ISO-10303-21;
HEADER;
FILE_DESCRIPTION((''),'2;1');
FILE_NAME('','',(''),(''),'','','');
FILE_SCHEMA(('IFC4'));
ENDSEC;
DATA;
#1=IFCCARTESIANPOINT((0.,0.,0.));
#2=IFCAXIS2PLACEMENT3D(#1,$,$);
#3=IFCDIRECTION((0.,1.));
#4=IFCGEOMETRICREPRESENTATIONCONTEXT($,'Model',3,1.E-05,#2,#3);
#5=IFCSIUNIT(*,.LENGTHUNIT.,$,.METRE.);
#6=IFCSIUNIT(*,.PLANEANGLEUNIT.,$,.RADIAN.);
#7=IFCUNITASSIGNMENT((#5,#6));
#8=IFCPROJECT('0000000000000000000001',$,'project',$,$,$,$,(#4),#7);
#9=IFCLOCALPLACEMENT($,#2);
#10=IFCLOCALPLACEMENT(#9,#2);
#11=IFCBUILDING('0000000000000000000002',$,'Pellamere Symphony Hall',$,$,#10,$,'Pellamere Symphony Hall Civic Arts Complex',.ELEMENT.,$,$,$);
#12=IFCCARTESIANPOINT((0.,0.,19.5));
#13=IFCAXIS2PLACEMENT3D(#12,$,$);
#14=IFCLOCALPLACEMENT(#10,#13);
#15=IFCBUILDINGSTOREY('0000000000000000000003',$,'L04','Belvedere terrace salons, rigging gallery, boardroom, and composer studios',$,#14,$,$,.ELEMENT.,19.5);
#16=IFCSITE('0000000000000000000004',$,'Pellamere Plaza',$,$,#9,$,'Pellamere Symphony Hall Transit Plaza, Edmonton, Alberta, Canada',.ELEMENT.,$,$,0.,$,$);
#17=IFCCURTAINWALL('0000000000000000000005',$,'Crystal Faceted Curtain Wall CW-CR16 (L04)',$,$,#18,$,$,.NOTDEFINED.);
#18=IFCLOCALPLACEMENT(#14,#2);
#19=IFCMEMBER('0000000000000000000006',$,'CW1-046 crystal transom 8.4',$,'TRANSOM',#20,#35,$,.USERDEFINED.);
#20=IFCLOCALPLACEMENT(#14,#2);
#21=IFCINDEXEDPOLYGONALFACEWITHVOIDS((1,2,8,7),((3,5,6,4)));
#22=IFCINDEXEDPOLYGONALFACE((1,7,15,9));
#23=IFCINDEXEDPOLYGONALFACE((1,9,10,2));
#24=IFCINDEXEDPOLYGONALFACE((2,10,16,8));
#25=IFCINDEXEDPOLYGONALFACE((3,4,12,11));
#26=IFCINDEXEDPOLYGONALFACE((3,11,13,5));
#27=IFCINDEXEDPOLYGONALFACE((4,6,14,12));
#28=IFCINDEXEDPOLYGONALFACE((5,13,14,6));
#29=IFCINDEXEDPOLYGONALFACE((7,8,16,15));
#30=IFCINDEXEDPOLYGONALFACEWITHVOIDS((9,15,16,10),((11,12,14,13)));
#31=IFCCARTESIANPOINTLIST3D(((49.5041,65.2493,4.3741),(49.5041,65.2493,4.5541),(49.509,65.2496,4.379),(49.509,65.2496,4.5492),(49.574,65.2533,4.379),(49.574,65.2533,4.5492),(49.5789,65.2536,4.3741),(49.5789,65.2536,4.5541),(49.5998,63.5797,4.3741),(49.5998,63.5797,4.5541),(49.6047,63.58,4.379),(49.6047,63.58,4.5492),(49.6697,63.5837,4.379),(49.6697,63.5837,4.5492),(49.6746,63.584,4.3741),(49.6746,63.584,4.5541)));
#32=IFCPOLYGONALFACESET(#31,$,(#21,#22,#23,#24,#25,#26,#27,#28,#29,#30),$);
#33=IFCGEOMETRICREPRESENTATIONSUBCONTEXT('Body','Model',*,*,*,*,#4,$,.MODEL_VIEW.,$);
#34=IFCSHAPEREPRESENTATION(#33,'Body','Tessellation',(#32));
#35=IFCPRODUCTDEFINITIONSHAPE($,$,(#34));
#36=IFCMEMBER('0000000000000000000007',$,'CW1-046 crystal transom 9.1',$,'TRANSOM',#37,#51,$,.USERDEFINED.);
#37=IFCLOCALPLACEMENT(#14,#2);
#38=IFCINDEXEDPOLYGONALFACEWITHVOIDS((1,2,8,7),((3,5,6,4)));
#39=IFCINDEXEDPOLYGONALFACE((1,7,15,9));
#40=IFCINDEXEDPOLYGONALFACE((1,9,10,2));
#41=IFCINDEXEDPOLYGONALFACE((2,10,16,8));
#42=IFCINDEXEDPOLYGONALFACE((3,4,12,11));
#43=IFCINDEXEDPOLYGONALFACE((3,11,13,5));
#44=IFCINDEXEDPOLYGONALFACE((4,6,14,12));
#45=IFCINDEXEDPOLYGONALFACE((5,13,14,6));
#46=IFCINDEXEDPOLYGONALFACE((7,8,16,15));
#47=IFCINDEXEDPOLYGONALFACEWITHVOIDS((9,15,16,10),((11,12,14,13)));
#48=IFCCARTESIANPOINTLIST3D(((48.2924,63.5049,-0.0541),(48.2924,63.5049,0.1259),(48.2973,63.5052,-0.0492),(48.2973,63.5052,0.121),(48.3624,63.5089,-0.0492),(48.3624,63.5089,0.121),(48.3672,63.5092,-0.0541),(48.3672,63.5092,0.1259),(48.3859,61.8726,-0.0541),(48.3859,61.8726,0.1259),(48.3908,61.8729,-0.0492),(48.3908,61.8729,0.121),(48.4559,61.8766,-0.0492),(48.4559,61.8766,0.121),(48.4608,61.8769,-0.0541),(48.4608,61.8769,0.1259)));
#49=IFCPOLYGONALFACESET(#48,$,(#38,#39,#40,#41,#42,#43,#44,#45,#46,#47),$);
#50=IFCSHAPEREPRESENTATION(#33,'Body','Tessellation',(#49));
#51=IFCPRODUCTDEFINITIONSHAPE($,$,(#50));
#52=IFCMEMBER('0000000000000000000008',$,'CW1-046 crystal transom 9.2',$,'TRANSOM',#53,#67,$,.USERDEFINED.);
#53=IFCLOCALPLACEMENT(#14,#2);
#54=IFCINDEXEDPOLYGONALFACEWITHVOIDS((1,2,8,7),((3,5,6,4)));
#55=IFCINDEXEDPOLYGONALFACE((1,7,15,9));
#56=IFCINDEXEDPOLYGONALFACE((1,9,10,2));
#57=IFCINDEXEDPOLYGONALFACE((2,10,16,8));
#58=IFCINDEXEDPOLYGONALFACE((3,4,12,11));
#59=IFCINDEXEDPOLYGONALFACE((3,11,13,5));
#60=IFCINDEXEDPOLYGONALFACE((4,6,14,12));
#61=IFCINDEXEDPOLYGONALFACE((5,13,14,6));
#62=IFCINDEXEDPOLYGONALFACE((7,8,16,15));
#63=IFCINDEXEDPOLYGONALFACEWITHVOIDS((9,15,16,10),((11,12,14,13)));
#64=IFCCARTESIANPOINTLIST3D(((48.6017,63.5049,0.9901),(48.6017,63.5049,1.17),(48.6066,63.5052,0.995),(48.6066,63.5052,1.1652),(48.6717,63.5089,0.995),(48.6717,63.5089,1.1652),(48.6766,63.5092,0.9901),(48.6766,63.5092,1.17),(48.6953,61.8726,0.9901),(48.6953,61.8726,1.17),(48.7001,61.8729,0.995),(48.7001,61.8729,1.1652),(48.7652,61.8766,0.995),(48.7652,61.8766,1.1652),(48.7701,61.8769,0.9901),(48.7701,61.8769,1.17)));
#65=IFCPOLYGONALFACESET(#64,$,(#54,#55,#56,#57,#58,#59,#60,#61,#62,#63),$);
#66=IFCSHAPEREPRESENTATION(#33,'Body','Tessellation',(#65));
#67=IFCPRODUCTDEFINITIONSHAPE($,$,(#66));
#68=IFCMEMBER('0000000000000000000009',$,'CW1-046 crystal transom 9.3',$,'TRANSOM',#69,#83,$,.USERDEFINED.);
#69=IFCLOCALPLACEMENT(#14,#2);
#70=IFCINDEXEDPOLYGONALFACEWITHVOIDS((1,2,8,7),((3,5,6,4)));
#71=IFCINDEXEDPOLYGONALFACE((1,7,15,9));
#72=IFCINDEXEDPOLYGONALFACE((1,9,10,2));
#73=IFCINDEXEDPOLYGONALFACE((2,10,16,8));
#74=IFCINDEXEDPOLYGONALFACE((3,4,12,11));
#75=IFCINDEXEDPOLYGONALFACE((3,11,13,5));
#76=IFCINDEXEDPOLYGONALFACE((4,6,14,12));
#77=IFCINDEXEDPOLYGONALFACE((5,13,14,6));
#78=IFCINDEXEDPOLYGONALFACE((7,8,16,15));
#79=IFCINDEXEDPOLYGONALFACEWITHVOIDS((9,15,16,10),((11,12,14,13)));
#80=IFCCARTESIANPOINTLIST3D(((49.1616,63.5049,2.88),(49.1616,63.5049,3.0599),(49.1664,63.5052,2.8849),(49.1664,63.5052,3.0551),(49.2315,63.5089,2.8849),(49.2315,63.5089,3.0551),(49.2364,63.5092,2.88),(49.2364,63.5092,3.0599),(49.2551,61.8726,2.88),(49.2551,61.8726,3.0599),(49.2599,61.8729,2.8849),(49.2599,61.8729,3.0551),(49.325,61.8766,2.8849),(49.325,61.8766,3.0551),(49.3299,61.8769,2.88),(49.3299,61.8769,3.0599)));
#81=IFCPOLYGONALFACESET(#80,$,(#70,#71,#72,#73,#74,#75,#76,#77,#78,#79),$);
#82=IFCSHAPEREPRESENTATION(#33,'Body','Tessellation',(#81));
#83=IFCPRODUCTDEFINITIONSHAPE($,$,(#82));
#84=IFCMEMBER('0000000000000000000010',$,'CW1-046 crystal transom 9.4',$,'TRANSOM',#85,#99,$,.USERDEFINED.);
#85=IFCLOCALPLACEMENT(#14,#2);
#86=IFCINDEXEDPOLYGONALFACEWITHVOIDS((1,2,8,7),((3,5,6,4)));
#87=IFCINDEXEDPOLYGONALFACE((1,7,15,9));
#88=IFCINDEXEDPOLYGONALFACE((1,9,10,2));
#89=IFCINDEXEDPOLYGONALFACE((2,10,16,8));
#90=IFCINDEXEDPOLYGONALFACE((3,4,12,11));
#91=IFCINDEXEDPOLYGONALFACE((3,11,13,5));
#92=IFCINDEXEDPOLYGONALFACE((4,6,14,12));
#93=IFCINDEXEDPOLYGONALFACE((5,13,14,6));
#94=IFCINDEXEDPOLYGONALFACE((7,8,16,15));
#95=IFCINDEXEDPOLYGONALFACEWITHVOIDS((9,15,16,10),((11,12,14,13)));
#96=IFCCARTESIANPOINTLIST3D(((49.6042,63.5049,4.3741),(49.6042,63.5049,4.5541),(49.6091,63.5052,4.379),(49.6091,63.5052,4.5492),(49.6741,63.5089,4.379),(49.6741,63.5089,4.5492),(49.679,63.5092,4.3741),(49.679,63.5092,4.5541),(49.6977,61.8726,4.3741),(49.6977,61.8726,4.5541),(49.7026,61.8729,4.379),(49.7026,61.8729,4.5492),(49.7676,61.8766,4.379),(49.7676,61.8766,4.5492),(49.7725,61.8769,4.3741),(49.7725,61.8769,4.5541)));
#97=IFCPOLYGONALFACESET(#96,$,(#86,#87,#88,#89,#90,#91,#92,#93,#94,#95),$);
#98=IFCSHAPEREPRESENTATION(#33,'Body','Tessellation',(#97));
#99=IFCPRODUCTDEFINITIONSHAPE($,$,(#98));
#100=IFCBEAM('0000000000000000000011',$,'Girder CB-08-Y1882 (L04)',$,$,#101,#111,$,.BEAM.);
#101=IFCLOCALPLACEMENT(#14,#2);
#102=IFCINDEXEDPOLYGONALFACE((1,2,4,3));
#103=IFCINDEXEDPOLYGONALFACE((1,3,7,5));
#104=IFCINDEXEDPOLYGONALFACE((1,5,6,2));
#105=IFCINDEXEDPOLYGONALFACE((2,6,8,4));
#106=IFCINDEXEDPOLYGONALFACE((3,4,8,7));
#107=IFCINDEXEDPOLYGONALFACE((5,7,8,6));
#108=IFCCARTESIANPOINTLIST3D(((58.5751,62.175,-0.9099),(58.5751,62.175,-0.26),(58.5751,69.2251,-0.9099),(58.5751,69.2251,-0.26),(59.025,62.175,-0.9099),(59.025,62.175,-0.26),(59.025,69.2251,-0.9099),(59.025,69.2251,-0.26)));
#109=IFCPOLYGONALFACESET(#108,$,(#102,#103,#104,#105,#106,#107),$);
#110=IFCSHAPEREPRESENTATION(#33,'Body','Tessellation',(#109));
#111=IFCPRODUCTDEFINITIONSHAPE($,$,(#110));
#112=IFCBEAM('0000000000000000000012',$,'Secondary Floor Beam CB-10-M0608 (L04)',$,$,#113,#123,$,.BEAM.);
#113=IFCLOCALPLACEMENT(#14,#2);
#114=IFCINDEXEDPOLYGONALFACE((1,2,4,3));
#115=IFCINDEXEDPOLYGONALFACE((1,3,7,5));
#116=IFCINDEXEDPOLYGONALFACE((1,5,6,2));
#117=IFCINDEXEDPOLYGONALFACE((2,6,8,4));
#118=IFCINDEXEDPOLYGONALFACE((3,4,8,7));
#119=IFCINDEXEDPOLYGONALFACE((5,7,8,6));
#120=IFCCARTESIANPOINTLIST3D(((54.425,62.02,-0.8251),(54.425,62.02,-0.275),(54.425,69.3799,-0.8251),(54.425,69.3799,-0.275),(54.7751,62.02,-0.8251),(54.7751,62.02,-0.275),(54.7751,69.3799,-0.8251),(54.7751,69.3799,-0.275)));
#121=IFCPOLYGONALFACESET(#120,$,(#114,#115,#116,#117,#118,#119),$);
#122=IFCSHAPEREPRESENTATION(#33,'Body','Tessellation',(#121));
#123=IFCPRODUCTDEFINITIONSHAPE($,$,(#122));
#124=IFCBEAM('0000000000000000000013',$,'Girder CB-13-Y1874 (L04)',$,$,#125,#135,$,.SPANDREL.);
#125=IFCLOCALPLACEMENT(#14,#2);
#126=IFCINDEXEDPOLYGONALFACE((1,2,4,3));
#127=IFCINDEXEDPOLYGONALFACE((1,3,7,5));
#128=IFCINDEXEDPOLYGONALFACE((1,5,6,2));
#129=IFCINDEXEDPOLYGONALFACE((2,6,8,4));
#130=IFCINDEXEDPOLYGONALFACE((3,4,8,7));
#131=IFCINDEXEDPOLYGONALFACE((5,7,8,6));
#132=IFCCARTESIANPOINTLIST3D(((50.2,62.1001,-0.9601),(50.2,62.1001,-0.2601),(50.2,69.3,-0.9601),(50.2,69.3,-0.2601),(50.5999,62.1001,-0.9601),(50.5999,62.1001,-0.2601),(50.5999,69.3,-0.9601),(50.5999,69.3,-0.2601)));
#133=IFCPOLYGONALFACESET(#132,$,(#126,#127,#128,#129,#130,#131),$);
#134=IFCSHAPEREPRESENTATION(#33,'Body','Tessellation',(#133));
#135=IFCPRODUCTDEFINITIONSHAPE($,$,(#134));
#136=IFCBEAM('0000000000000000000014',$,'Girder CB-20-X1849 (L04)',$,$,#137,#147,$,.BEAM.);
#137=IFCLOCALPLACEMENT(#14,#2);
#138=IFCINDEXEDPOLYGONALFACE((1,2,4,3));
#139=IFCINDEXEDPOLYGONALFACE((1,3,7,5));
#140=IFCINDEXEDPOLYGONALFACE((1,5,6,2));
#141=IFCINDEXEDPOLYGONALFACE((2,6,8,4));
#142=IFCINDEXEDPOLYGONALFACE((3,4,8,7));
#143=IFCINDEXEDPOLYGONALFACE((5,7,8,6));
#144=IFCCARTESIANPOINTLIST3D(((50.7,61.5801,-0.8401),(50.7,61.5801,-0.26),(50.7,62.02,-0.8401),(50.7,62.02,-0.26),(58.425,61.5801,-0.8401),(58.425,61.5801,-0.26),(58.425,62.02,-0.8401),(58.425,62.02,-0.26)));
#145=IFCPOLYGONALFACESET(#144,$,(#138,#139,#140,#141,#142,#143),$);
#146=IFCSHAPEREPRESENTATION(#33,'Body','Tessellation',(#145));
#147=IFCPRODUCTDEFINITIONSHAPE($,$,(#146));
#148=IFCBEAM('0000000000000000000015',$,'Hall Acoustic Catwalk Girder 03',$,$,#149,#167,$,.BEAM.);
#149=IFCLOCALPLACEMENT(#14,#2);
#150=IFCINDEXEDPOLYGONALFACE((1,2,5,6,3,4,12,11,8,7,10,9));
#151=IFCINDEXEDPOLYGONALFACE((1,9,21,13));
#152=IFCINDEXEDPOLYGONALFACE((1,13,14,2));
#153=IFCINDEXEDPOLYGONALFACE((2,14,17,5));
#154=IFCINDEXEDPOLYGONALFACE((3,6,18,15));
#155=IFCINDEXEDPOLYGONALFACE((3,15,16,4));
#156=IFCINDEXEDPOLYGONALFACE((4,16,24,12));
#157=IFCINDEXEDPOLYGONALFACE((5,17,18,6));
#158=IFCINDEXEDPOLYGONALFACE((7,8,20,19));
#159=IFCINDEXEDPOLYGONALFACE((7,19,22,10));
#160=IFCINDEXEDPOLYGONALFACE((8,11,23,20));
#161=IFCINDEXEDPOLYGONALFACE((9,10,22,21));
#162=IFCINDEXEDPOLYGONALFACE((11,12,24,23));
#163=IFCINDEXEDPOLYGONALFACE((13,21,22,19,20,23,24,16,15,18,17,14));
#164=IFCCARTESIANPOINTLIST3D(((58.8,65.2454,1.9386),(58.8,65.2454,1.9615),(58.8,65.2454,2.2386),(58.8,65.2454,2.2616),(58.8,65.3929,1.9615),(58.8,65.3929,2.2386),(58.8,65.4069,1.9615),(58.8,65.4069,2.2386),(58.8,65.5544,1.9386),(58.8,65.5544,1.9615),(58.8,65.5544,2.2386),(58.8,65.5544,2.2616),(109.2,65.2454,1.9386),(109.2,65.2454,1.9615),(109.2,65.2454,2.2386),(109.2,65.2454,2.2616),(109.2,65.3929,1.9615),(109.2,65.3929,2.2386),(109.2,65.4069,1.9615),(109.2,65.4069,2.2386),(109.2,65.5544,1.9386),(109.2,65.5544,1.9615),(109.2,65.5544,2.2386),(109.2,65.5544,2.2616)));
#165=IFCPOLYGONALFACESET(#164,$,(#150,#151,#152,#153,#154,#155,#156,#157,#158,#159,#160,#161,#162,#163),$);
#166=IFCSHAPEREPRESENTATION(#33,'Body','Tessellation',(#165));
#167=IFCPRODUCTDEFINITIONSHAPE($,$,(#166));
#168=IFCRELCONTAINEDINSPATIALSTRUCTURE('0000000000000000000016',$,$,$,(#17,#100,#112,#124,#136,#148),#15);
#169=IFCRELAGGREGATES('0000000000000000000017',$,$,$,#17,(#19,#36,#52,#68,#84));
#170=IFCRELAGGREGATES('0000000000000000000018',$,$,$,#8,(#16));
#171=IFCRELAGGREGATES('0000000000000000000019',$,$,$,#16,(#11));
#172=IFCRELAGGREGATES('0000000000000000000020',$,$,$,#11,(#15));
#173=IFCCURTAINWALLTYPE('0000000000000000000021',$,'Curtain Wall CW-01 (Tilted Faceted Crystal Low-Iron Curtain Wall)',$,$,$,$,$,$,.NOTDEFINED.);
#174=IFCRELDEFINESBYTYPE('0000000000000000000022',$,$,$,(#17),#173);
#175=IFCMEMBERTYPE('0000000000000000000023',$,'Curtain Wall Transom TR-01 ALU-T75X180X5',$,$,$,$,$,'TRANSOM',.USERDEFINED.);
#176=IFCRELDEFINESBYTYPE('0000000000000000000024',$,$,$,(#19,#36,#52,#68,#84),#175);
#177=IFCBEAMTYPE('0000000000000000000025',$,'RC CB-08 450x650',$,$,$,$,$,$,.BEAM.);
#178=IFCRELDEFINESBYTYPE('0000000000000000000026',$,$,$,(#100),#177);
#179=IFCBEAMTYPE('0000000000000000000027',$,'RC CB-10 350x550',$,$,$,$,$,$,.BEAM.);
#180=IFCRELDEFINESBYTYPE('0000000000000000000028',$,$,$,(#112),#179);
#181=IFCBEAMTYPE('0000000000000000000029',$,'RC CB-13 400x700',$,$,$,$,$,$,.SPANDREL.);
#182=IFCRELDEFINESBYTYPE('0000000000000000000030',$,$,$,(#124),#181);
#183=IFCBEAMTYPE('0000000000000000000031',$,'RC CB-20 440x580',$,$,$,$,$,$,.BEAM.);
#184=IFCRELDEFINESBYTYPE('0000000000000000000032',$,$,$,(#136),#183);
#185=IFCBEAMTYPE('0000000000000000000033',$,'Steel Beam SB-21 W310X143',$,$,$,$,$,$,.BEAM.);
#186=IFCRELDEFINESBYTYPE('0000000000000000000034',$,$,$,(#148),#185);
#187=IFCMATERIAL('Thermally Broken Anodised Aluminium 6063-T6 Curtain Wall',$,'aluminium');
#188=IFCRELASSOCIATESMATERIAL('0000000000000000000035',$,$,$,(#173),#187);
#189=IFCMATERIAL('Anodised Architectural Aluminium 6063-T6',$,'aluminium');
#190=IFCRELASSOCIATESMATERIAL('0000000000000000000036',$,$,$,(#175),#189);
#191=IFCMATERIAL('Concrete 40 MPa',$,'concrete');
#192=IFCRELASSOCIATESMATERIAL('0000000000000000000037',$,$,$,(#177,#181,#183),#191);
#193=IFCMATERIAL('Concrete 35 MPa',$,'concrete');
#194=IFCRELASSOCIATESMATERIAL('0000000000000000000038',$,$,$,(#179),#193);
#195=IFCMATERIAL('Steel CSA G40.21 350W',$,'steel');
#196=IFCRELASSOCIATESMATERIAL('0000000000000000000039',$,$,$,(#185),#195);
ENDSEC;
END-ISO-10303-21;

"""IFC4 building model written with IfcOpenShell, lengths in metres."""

from ifc_helpers import new_model, si_unit, direction, frame, origin, origin_2d, place, context, subcontext, project, spatial, rectangle, hollow_rectangle, i_section, extrude, material, material_profile, profile_set, type_object, element, aggregate, save


model = new_model("IFC4")

# Units and contexts
model_context = context("Model", 3, precision=1e-05, world=origin(), true_north=direction((0.0, 1.0)))
body_context = subcontext(model_context, "Body", "Model", "MODEL_VIEW")
ifc_project = project(units=[si_unit("LENGTHUNIT", "METRE"), si_unit("PLANEANGLEUNIT", "RADIAN")], contexts=[model_context])

# Site, building, storey
site_placement = place(None, origin())
site = spatial("IfcSite", under=ifc_project, at=site_placement, Name="Pellamere Plaza", LongName="Pellamere Symphony Hall Transit Plaza, Edmonton, Alberta, Canada", CompositionType="ELEMENT", RefElevation=0.0)
building_placement = place(site_placement, origin())
building = spatial("IfcBuilding", under=site, at=building_placement, Name="Pellamere Symphony Hall", LongName="Pellamere Symphony Hall Civic Arts Complex", CompositionType="ELEMENT")
storey_placement = place(building_placement, frame((0.0, 0.0, 19.5)))
storey = spatial("IfcBuildingStorey", under=building, at=storey_placement, Name="L04", Description="Belvedere terrace salons, rigging gallery, boardroom, and composer studios", CompositionType="ELEMENT", Elevation=19.5)

# Shared definitions
ifc_material_1 = material(Name="Concrete 40 MPa", Category="concrete")
ifc_material_2 = material(Name="Concrete 35 MPa", Category="concrete")

# Curtain wall, members
ifc_material_3 = material(Name="Thermally Broken Anodised Aluminium 6063-T6 Curtain Wall", Category="aluminium")
curtain_wall_type = type_object("IfcCurtainWallType", Name="Curtain Wall CW-01 (Tilted Faceted Crystal Low-Iron Curtain Wall)", PredefinedType="NOTDEFINED", material=ifc_material_3)
curtain_wall_placement = place(storey_placement, origin())
curtain_wall = element("IfcCurtainWall", 1, at=curtain_wall_placement, inside=storey, type_object=curtain_wall_type, Name="Crystal Faceted Curtain Wall CW-CR16 (L04)", PredefinedType="NOTDEFINED")
ifc_material_4 = material(Name="Anodised Architectural Aluminium 6063-T6", Category="aluminium")
ifc_material_profile_1 = material_profile(ifc_material_4, hollow_rectangle(XDim=0.075, YDim=0.1799, WallThickness=0.0049, at=origin_2d()), Name="ALU-T75X180X5")
ifc_profile_set_1 = profile_set([ifc_material_profile_1], Name="Anodised Architectural Aluminium 6063-T6")
member_type_1 = type_object("IfcMemberType", Name="Curtain Wall Transom TR-01 ALU-T75X180X5", ElementType="TRANSOM", PredefinedType="USERDEFINED", material=ifc_profile_set_1)
member_1_placement = place(storey_placement, frame((49.5415, 65.2515, 4.4641), z_axis=(0.057224, -0.998361, 0.0), x_axis=(0.998361, 0.057224, 0.0)))
member_1 = element("IfcMember", 2, at=member_1_placement, type_object=member_type_1, Name="CW1-046 crystal transom 8.4", ObjectType="TRANSOM", PredefinedType="USERDEFINED", context=body_context, shape_type="SweptSolid", body=[
    extrude(hollow_rectangle(XDim=0.075, YDim=0.1799, WallThickness=0.0049, at=origin_2d()), origin(), (0.0, 0.0, 1.0), 1.6724),
])
member_2_placement = place(storey_placement, frame((48.3298, 63.5071, 0.0359), z_axis=(0.05719, -0.998363, 0.0), x_axis=(0.998363, 0.05719, 0.0)))
member_2 = element("IfcMember", 3, at=member_2_placement, type_object=member_type_1, Name="CW1-046 crystal transom 9.1", ObjectType="TRANSOM", PredefinedType="USERDEFINED", context=body_context, shape_type="SweptSolid", body=[
    extrude(hollow_rectangle(XDim=0.075, YDim=0.1799, WallThickness=0.0049, at=origin_2d()), origin(), (0.0, 0.0, 1.0), 1.635),
])
member_3_placement = place(storey_placement, frame((48.6392, 63.5071, 1.0801), z_axis=(0.05719, -0.998363, 0.0), x_axis=(0.998363, 0.05719, 0.0)))
member_3 = element("IfcMember", 4, at=member_3_placement, type_object=member_type_1, Name="CW1-046 crystal transom 9.2", ObjectType="TRANSOM", PredefinedType="USERDEFINED", context=body_context, shape_type="SweptSolid", body=[
    extrude(hollow_rectangle(XDim=0.075, YDim=0.1799, WallThickness=0.0049, at=origin_2d()), origin(), (0.0, 0.0, 1.0), 1.635),
])
member_4_placement = place(storey_placement, frame((49.199, 63.5071, 2.97), z_axis=(0.05719, -0.998363, 0.0), x_axis=(0.998363, 0.05719, 0.0)))
member_4 = element("IfcMember", 5, at=member_4_placement, type_object=member_type_1, Name="CW1-046 crystal transom 9.3", ObjectType="TRANSOM", PredefinedType="USERDEFINED", context=body_context, shape_type="SweptSolid", body=[
    extrude(hollow_rectangle(XDim=0.075, YDim=0.1799, WallThickness=0.0049, at=origin_2d()), origin(), (0.0, 0.0, 1.0), 1.635),
])
member_5_placement = place(storey_placement, frame((49.6416, 63.5071, 4.4641), z_axis=(0.05719, -0.998363, 0.0), x_axis=(0.998363, 0.05719, 0.0)))
member_5 = element("IfcMember", 6, at=member_5_placement, type_object=member_type_1, Name="CW1-046 crystal transom 9.4", ObjectType="TRANSOM", PredefinedType="USERDEFINED", context=body_context, shape_type="SweptSolid", body=[
    extrude(hollow_rectangle(XDim=0.075, YDim=0.1799, WallThickness=0.0049, at=origin_2d()), origin(), (0.0, 0.0, 1.0), 1.635),
])

# Beams
ifc_material_profile_2 = material_profile(ifc_material_1, rectangle(XDim=0.45, YDim=0.6499, at=origin_2d()), Name="RC 450x650")
ifc_profile_set_2 = profile_set([ifc_material_profile_2], Name="Concrete 40 MPa")
beam_type_1 = type_object("IfcBeamType", Name="RC CB-08 450x650", PredefinedType="BEAM", material=ifc_profile_set_2)
beam_1_placement = place(storey_placement, frame((58.8, 62.175, -0.585), z_axis=(0.0, 1.0, 0.0), x_axis=(-1.0, 0.0, 0.0)))
element("IfcBeam", 7, at=beam_1_placement, inside=storey, type_object=beam_type_1, Name="Girder CB-08-Y1882 (L04)", PredefinedType="BEAM", context=body_context, shape_type="SweptSolid", body=[
    extrude(rectangle(XDim=0.45, YDim=0.6499, at=origin_2d()), origin(), (0.0, 0.0, 1.0), 7.05),
])
ifc_material_profile_3 = material_profile(ifc_material_2, rectangle(XDim=0.3501, YDim=0.55, at=origin_2d()), Name="RC 350x550")
ifc_profile_set_3 = profile_set([ifc_material_profile_3], Name="Concrete 35 MPa")
beam_type_2 = type_object("IfcBeamType", Name="RC CB-10 350x550", PredefinedType="BEAM", material=ifc_profile_set_3)
beam_2_placement = place(storey_placement, frame((54.6001, 62.02, -0.55), z_axis=(0.0, 1.0, 0.0), x_axis=(-1.0, 0.0, 0.0)))
element("IfcBeam", 8, at=beam_2_placement, inside=storey, type_object=beam_type_2, Name="Secondary Floor Beam CB-10-M0608 (L04)", PredefinedType="BEAM", context=body_context, shape_type="SweptSolid", body=[
    extrude(rectangle(XDim=0.3501, YDim=0.55, at=origin_2d()), origin(), (0.0, 0.0, 1.0), 7.3599),
])
ifc_material_profile_4 = material_profile(ifc_material_1, rectangle(XDim=0.3999, YDim=0.7, at=origin_2d()), Name="RC 400x700")
ifc_profile_set_4 = profile_set([ifc_material_profile_4], Name="Concrete 40 MPa")
beam_type_3 = type_object("IfcBeamType", Name="RC CB-13 400x700", PredefinedType="SPANDREL", material=ifc_profile_set_4)
beam_3_placement = place(storey_placement, frame((50.3999, 62.1001, -0.6101), z_axis=(0.0, 1.0, 0.0), x_axis=(-1.0, 0.0, 0.0)))
element("IfcBeam", 9, at=beam_3_placement, inside=storey, type_object=beam_type_3, Name="Girder CB-13-Y1874 (L04)", PredefinedType="SPANDREL", context=body_context, shape_type="SweptSolid", body=[
    extrude(rectangle(XDim=0.3999, YDim=0.7, at=origin_2d()), origin(), (0.0, 0.0, 1.0), 7.2),
])
ifc_material_profile_5 = material_profile(ifc_material_1, rectangle(XDim=0.4399, YDim=0.5801, at=origin_2d()), Name="RC 440x580")
ifc_profile_set_5 = profile_set([ifc_material_profile_5], Name="Concrete 40 MPa")
beam_type_4 = type_object("IfcBeamType", Name="RC CB-20 440x580", PredefinedType="BEAM", material=ifc_profile_set_5)
beam_4_placement = place(storey_placement, frame((50.7, 61.8, -0.55), z_axis=(1.0, 0.0, 0.0), x_axis=(0.0, 1.0, 0.0)))
element("IfcBeam", 10, at=beam_4_placement, inside=storey, type_object=beam_type_4, Name="Girder CB-20-X1849 (L04)", PredefinedType="BEAM", context=body_context, shape_type="SweptSolid", body=[
    extrude(rectangle(XDim=0.4399, YDim=0.5801, at=origin_2d()), origin(), (0.0, 0.0, 1.0), 7.7251),
])
ifc_material_5 = material(Name="Steel CSA G40.21 350W", Category="steel")
ifc_material_profile_6 = material_profile(ifc_material_5, i_section(OverallWidth=0.3091, OverallDepth=0.323, WebThickness=0.0139, FlangeThickness=0.0229, at=origin_2d()), Name="W310X143")
ifc_profile_set_6 = profile_set([ifc_material_profile_6], Name="Steel CSA G40.21 350W")
beam_type_5 = type_object("IfcBeamType", Name="Steel Beam SB-21 W310X143", PredefinedType="BEAM", material=ifc_profile_set_6)
beam_5_placement = place(storey_placement, frame((58.8, 65.3999, 2.1001), z_axis=(1.0, 0.0, 0.0), x_axis=(0.0, 1.0, 0.0)))
element("IfcBeam", 11, at=beam_5_placement, inside=storey, type_object=beam_type_5, Name="Hall Acoustic Catwalk Girder 03", PredefinedType="BEAM", context=body_context, shape_type="SweptSolid", body=[
    extrude(i_section(OverallWidth=0.3091, OverallDepth=0.323, WebThickness=0.0139, FlangeThickness=0.0229, at=origin_2d()), origin(), (0.0, 0.0, 1.0), 50.3999),
])

aggregate(curtain_wall, [member_1, member_2, member_3, member_4, member_5])

save(model, "model.ifc")
